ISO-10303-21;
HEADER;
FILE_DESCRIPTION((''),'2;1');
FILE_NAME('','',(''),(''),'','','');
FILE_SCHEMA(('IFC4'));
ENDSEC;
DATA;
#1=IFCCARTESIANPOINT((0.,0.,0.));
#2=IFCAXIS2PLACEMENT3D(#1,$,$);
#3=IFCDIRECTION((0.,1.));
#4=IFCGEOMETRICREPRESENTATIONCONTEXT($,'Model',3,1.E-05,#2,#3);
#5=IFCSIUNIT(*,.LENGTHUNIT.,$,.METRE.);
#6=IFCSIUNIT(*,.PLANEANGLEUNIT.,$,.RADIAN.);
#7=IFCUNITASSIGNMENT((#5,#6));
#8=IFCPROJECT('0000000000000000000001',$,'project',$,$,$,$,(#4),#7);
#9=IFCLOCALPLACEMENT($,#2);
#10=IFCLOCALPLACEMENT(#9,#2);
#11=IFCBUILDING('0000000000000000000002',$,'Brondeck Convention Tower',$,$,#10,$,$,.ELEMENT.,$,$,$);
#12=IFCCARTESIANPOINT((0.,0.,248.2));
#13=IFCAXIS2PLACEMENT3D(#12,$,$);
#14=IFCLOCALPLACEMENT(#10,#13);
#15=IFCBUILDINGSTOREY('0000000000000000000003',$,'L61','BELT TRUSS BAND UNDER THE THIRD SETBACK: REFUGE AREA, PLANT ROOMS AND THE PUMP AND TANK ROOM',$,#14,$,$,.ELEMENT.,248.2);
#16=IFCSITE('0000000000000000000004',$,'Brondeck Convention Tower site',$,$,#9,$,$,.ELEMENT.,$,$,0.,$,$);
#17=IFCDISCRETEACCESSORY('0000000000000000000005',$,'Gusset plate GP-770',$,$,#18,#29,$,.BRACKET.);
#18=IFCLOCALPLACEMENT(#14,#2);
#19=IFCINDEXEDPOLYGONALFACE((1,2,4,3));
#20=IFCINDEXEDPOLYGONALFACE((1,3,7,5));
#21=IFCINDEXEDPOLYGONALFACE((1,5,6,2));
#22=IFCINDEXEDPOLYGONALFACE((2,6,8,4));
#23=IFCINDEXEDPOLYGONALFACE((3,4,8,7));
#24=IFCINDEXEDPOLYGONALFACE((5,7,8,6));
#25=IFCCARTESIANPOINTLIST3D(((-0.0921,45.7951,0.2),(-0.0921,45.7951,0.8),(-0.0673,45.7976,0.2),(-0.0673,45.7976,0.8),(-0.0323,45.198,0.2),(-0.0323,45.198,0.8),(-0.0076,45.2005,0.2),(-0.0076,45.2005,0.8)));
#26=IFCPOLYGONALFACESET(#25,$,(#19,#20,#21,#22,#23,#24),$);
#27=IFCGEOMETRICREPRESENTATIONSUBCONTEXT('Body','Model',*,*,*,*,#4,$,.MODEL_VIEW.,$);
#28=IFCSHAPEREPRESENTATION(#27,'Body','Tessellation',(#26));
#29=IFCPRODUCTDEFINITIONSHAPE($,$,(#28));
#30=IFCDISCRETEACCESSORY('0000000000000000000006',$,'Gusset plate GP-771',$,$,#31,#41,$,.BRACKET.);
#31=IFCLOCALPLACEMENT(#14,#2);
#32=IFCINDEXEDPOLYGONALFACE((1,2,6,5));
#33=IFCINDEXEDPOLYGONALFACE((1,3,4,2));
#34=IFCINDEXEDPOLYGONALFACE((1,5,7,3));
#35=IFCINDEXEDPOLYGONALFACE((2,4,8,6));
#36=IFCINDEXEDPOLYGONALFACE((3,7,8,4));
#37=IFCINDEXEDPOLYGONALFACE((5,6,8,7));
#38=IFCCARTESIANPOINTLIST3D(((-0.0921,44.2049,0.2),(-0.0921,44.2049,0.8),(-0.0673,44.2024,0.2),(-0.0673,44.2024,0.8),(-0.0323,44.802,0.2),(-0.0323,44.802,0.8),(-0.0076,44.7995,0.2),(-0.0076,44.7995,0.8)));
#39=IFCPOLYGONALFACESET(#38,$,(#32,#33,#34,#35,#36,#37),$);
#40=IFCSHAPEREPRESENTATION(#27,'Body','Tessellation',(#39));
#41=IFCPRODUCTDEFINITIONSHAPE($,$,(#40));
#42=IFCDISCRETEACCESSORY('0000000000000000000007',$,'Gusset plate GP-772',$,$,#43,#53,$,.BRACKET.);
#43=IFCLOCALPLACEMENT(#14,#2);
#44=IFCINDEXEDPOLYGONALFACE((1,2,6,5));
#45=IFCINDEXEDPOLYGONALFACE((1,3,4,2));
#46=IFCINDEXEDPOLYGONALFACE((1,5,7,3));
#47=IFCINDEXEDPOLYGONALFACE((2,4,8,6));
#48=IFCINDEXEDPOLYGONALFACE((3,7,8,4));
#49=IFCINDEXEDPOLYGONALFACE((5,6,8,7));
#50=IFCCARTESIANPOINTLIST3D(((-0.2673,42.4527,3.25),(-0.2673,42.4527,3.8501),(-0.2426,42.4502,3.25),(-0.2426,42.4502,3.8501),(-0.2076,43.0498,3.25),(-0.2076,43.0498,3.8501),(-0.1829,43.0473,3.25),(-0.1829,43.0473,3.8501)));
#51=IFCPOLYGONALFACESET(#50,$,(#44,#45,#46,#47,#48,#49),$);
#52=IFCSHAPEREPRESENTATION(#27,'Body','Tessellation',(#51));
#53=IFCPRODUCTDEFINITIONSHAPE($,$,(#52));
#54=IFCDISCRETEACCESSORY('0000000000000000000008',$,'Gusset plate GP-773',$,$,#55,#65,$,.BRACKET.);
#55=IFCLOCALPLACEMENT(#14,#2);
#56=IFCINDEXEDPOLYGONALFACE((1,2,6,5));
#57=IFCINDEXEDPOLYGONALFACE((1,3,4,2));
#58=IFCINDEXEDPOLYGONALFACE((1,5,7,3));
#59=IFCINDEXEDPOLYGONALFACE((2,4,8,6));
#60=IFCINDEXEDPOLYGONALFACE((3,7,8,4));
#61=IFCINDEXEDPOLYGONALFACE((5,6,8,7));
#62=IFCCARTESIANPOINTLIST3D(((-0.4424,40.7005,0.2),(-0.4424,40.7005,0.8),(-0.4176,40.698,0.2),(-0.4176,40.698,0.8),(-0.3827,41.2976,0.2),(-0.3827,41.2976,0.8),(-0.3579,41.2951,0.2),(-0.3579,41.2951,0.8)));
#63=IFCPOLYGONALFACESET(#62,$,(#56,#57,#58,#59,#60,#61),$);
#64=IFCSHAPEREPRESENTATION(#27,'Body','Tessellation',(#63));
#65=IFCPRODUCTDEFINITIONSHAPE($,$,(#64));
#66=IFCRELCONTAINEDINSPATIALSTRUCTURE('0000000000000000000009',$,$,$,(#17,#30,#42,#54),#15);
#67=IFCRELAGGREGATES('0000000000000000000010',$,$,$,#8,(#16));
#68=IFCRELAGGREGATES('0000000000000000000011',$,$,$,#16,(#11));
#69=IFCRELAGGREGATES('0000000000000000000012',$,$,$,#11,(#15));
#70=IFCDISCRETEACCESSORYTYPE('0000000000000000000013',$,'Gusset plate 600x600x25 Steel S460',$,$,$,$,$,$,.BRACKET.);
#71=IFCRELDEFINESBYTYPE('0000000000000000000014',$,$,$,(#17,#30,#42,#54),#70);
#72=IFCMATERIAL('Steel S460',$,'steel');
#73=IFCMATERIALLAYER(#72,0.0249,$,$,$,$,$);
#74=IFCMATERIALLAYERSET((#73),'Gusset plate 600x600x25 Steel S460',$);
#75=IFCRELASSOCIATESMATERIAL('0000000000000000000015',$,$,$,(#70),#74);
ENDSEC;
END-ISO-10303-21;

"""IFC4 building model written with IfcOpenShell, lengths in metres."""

from ifc_helpers import new_model, si_unit, direction, frame, origin, origin_2d, place, context, subcontext, project, spatial, rectangle, extrude, material, layer, layer_set, type_object, element, save


model = new_model("IFC4")

# Units and contexts
model_context = context("Model", 3, precision=1e-05, world=origin(), true_north=direction((0.0, 1.0)))
body_context = subcontext(model_context, "Body", "Model", "MODEL_VIEW")
ifc_project = project(units=[si_unit("LENGTHUNIT", "METRE"), si_unit("PLANEANGLEUNIT", "RADIAN")], contexts=[model_context])

# Site, building, storey
site_placement = place(None, origin())
site = spatial("IfcSite", under=ifc_project, at=site_placement, Name="Brondeck Convention Tower site", CompositionType="ELEMENT", RefElevation=0.0)
building_placement = place(site_placement, origin())
building = spatial("IfcBuilding", under=site, at=building_placement, Name="Brondeck Convention Tower", CompositionType="ELEMENT")
storey_placement = place(building_placement, frame((0.0, 0.0, 248.2)))
storey = spatial("IfcBuildingStorey", under=building, at=storey_placement, Name="L61", Description="BELT TRUSS BAND UNDER THE THIRD SETBACK: REFUGE AREA, PLANT ROOMS AND THE PUMP AND TANK ROOM", CompositionType="ELEMENT", Elevation=248.2)

# Shared definitions
ifc_material_1 = material(Name="Steel S460", Category="steel")

# Discrete accessories
ifc_layer_1 = layer(ifc_material_1, 0.0249)
ifc_layer_set_1 = layer_set([ifc_layer_1], Name="Gusset plate 600x600x25 Steel S460")
discrete_accessory_type = type_object("IfcDiscreteAccessoryType", Name="Gusset plate 600x600x25 Steel S460", PredefinedType="BRACKET", material=ifc_layer_set_1)
for number, where, z_axis, x_axis, name in (
    (1, (-0.0498, 45.4978, 0.2), (0.0, 0.0, 1.0), (-0.099511, 0.995036, 0.0), "Gusset plate GP-770"),
    (2, (-0.0498, 44.5022, 0.2), (0.0, 0.0, 1.0), (0.099511, 0.995036, 0.0), "Gusset plate GP-771"),
    (3, (-0.2251, 42.75, 3.25), (0.0, 0.0, 1.0), (0.099511, 0.995036, 0.0), "Gusset plate GP-772"),
    (4, (-0.4001, 40.9978, 0.2), (0.0, 0.0, 1.0), (0.099511, 0.995036, 0.0), "Gusset plate GP-773"),
):
    element("IfcDiscreteAccessory", number, at=place(storey_placement, frame(where, z_axis=z_axis, x_axis=x_axis)), inside=storey, type_object=discrete_accessory_type, Name=name, PredefinedType="BRACKET", context=body_context, shape_type="SweptSolid", body=[
        extrude(rectangle(XDim=0.6001, YDim=0.0249, at=origin_2d()), origin(), (0.0, 0.0, 1.0), 0.6001),
    ])

save(model, "model.ifc")
